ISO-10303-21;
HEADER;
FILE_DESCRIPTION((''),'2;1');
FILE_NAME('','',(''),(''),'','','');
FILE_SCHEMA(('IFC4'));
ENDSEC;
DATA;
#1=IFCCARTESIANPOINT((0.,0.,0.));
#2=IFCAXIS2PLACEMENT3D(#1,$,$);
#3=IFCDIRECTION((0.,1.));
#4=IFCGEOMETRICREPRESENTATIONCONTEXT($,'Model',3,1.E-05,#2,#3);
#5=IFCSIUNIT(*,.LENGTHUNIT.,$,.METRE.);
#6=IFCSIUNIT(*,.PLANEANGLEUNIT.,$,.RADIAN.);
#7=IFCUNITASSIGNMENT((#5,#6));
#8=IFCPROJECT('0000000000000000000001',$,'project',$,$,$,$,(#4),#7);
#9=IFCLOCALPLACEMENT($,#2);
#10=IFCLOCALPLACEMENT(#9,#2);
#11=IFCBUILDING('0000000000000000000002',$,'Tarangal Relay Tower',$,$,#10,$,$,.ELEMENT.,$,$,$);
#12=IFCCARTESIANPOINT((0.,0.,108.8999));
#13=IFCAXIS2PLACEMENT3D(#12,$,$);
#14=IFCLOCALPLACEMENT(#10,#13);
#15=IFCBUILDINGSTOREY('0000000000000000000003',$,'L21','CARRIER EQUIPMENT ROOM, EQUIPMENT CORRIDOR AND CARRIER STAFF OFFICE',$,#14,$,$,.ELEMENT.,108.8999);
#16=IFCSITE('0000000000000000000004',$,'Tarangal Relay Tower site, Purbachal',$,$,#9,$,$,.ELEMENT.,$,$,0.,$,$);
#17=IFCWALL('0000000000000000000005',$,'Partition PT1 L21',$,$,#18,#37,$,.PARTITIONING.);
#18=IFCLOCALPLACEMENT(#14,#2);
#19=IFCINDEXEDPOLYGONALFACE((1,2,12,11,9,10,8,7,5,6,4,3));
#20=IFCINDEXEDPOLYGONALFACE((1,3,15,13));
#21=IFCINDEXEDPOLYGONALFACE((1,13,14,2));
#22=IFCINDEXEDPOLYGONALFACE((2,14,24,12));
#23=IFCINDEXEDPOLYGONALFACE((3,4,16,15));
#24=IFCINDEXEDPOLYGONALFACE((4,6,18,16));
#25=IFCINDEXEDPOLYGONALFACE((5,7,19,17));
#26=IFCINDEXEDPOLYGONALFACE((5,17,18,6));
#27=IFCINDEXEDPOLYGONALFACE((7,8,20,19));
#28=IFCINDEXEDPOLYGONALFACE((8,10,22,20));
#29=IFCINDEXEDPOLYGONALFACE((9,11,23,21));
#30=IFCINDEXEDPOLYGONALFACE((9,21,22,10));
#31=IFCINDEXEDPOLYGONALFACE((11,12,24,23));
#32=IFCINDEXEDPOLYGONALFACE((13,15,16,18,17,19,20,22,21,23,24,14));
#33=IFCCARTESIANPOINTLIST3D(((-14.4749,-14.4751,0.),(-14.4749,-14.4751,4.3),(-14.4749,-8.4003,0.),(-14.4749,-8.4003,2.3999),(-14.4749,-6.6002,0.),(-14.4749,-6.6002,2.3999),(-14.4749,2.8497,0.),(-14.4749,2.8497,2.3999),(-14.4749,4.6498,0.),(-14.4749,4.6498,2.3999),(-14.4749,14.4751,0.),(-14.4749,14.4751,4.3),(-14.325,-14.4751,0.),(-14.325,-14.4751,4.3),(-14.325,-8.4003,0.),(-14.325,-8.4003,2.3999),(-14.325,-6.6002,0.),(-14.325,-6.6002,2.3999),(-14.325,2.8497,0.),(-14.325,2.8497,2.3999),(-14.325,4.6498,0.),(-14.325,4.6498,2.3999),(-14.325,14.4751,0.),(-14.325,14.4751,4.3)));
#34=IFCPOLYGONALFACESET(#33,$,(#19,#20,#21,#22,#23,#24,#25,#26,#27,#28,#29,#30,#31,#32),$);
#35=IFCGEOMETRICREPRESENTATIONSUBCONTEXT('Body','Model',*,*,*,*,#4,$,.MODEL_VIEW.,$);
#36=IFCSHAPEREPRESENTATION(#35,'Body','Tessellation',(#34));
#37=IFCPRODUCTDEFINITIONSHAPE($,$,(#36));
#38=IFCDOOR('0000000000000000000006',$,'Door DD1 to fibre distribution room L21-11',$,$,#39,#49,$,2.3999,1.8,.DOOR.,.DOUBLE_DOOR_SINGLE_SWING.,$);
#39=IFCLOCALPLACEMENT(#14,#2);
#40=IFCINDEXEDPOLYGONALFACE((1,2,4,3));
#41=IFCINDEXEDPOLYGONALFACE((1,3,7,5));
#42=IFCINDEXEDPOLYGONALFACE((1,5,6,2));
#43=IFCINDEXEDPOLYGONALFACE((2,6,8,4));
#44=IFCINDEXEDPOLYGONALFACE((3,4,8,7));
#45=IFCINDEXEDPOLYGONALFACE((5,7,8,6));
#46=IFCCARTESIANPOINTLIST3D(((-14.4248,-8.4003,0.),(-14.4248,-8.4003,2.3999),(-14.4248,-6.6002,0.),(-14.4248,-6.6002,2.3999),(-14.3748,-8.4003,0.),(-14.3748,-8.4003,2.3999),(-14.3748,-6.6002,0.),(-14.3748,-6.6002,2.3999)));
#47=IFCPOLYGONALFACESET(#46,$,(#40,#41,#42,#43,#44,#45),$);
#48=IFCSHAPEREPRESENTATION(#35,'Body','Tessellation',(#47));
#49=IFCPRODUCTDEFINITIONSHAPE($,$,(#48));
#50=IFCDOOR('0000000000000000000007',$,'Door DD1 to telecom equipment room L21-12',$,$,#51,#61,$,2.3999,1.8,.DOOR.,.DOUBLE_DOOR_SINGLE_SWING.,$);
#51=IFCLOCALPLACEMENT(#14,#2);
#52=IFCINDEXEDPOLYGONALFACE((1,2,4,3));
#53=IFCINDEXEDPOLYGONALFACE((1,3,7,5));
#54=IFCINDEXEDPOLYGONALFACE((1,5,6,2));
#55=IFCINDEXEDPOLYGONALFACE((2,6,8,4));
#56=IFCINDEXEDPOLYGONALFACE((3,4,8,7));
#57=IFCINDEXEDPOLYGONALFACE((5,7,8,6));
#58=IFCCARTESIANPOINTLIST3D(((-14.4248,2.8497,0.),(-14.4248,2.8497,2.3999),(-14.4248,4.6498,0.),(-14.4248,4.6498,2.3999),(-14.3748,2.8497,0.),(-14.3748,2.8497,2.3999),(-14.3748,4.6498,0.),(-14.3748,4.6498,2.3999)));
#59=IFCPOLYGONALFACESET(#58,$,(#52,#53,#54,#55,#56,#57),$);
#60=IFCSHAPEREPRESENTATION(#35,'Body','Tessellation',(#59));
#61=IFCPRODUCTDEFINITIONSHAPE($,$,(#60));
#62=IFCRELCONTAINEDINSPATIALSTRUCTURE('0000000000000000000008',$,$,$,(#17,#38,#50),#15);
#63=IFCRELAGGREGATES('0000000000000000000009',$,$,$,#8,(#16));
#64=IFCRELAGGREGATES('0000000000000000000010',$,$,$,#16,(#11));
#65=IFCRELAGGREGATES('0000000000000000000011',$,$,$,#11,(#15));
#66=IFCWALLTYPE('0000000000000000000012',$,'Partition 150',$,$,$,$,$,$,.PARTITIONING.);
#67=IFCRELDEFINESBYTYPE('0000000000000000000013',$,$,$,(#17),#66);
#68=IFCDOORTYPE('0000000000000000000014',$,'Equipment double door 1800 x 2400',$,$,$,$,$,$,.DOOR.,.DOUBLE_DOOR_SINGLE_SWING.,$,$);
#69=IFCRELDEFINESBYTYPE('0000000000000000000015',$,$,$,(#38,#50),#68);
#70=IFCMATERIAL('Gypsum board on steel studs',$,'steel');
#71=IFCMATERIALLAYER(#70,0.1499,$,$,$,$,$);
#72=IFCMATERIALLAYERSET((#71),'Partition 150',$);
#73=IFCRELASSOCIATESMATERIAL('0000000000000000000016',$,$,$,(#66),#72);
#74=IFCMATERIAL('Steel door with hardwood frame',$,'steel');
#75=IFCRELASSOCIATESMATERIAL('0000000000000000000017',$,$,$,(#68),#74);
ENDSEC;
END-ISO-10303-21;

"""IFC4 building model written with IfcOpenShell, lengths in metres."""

from ifc_helpers import new_model, si_unit, direction, frame, frame_2d, origin, place, context, subcontext, project, spatial, rectangle, extrude, material, layer, layer_set, type_object, element, fill, save


model = new_model("IFC4")

# Units and contexts
model_context = context("Model", 3, precision=1e-05, world=origin(), true_north=direction((0.0, 1.0)))
body_context = subcontext(model_context, "Body", "Model", "MODEL_VIEW")
ifc_project = project(units=[si_unit("LENGTHUNIT", "METRE"), si_unit("PLANEANGLEUNIT", "RADIAN")], contexts=[model_context])

# Site, building, storey
site_placement = place(None, origin())
site = spatial("IfcSite", under=ifc_project, at=site_placement, Name="Tarangal Relay Tower site, Purbachal", CompositionType="ELEMENT", RefElevation=0.0)
building_placement = place(site_placement, origin())
building = spatial("IfcBuilding", under=site, at=building_placement, Name="Tarangal Relay Tower", CompositionType="ELEMENT")
storey_placement = place(building_placement, frame((0.0, 0.0, 108.8999)))
storey = spatial("IfcBuildingStorey", under=building, at=storey_placement, Name="L21", Description="CARRIER EQUIPMENT ROOM, EQUIPMENT CORRIDOR AND CARRIER STAFF OFFICE", CompositionType="ELEMENT", Elevation=108.8999)

# Wall, openings, doors
ifc_material_1 = material(Name="Gypsum board on steel studs", Category="steel")
ifc_layer_1 = layer(ifc_material_1, 0.1499)
ifc_layer_set_1 = layer_set([ifc_layer_1], Name="Partition 150")
wall_type_1 = type_object("IfcWallType", Name="Partition 150", PredefinedType="PARTITIONING", material=ifc_layer_set_1)
ifc_material_2 = material(Name="Steel door with hardwood frame", Category="steel")
door_type_1 = type_object("IfcDoorType", Name="Equipment double door 1800 x 2400", OperationType="DOUBLE_DOOR_SINGLE_SWING", PredefinedType="DOOR", material=ifc_material_2)
wall_1_placement = place(storey_placement, frame((-14.3999, -14.4751, 0.0), z_axis=(0.0, 0.0, 1.0), x_axis=(0.0, 1.0, 0.0)))
wall_1 = element("IfcWall", 1, at=wall_1_placement, inside=storey, type_object=wall_type_1, Name="Partition PT1 L21", PredefinedType="PARTITIONING", context=body_context, shape_type="SweptSolid", body=[
    extrude(rectangle(XDim=28.9502, YDim=0.1499, at=frame_2d((14.4751, 0.0))), origin(), (0.0, 0.0, 1.0), 4.3),
])
opening_1_placement = place(wall_1_placement, frame((6.075, 0.0, 0.0)))
opening_1 = element("IfcOpeningElement", 2, at=opening_1_placement, cuts=wall_1, PredefinedType="OPENING", context=body_context, shape_type="SweptSolid", body=[
    extrude(rectangle(XDim=1.8, YDim=2.3999, at=frame_2d((0.8999, 1.2))), frame((0.0, 0.085, 0.0), z_axis=(0.0, -1.0, 0.0), x_axis=(1.0, 0.0, 0.0)), (0.0, 0.0, 1.0), 0.1699),
])
opening_2_placement = place(wall_1_placement, frame((17.325, 0.0, 0.0)))
opening_2 = element("IfcOpeningElement", 3, at=opening_2_placement, cuts=wall_1, PredefinedType="OPENING", context=body_context, shape_type="SweptSolid", body=[
    extrude(rectangle(XDim=1.8, YDim=2.3999, at=frame_2d((0.8999, 1.2))), frame((0.0, 0.085, 0.0), z_axis=(0.0, -1.0, 0.0), x_axis=(1.0, 0.0, 0.0)), (0.0, 0.0, 1.0), 0.1699),
])
door_1_placement = place(opening_1_placement, origin())
door_1 = element("IfcDoor", 4, at=door_1_placement, inside=storey, type_object=door_type_1, Name="Door DD1 to fibre distribution room L21-11", OperationType="DOUBLE_DOOR_SINGLE_SWING", OverallHeight=2.3999, OverallWidth=1.8, PredefinedType="DOOR", context=body_context, shape_type="SweptSolid", body=[
    extrude(rectangle(XDim=1.8, YDim=2.3999, at=frame_2d((0.8999, 1.2))), frame((0.0, 0.0249, 0.0), z_axis=(0.0, -1.0, 0.0), x_axis=(1.0, 0.0, 0.0)), (0.0, 0.0, 1.0), 0.05),
])
fill(opening_1, door_1)
door_2_placement = place(opening_2_placement, origin())
door_2 = element("IfcDoor", 5, at=door_2_placement, inside=storey, type_object=door_type_1, Name="Door DD1 to telecom equipment room L21-12", OperationType="DOUBLE_DOOR_SINGLE_SWING", OverallHeight=2.3999, OverallWidth=1.8, PredefinedType="DOOR", context=body_context, shape_type="SweptSolid", body=[
    extrude(rectangle(XDim=1.8, YDim=2.3999, at=frame_2d((0.8999, 1.2))), frame((0.0, 0.0249, 0.0), z_axis=(0.0, -1.0, 0.0), x_axis=(1.0, 0.0, 0.0)), (0.0, 0.0, 1.0), 0.05),
])
fill(opening_2, door_2)

save(model, "model.ifc")
